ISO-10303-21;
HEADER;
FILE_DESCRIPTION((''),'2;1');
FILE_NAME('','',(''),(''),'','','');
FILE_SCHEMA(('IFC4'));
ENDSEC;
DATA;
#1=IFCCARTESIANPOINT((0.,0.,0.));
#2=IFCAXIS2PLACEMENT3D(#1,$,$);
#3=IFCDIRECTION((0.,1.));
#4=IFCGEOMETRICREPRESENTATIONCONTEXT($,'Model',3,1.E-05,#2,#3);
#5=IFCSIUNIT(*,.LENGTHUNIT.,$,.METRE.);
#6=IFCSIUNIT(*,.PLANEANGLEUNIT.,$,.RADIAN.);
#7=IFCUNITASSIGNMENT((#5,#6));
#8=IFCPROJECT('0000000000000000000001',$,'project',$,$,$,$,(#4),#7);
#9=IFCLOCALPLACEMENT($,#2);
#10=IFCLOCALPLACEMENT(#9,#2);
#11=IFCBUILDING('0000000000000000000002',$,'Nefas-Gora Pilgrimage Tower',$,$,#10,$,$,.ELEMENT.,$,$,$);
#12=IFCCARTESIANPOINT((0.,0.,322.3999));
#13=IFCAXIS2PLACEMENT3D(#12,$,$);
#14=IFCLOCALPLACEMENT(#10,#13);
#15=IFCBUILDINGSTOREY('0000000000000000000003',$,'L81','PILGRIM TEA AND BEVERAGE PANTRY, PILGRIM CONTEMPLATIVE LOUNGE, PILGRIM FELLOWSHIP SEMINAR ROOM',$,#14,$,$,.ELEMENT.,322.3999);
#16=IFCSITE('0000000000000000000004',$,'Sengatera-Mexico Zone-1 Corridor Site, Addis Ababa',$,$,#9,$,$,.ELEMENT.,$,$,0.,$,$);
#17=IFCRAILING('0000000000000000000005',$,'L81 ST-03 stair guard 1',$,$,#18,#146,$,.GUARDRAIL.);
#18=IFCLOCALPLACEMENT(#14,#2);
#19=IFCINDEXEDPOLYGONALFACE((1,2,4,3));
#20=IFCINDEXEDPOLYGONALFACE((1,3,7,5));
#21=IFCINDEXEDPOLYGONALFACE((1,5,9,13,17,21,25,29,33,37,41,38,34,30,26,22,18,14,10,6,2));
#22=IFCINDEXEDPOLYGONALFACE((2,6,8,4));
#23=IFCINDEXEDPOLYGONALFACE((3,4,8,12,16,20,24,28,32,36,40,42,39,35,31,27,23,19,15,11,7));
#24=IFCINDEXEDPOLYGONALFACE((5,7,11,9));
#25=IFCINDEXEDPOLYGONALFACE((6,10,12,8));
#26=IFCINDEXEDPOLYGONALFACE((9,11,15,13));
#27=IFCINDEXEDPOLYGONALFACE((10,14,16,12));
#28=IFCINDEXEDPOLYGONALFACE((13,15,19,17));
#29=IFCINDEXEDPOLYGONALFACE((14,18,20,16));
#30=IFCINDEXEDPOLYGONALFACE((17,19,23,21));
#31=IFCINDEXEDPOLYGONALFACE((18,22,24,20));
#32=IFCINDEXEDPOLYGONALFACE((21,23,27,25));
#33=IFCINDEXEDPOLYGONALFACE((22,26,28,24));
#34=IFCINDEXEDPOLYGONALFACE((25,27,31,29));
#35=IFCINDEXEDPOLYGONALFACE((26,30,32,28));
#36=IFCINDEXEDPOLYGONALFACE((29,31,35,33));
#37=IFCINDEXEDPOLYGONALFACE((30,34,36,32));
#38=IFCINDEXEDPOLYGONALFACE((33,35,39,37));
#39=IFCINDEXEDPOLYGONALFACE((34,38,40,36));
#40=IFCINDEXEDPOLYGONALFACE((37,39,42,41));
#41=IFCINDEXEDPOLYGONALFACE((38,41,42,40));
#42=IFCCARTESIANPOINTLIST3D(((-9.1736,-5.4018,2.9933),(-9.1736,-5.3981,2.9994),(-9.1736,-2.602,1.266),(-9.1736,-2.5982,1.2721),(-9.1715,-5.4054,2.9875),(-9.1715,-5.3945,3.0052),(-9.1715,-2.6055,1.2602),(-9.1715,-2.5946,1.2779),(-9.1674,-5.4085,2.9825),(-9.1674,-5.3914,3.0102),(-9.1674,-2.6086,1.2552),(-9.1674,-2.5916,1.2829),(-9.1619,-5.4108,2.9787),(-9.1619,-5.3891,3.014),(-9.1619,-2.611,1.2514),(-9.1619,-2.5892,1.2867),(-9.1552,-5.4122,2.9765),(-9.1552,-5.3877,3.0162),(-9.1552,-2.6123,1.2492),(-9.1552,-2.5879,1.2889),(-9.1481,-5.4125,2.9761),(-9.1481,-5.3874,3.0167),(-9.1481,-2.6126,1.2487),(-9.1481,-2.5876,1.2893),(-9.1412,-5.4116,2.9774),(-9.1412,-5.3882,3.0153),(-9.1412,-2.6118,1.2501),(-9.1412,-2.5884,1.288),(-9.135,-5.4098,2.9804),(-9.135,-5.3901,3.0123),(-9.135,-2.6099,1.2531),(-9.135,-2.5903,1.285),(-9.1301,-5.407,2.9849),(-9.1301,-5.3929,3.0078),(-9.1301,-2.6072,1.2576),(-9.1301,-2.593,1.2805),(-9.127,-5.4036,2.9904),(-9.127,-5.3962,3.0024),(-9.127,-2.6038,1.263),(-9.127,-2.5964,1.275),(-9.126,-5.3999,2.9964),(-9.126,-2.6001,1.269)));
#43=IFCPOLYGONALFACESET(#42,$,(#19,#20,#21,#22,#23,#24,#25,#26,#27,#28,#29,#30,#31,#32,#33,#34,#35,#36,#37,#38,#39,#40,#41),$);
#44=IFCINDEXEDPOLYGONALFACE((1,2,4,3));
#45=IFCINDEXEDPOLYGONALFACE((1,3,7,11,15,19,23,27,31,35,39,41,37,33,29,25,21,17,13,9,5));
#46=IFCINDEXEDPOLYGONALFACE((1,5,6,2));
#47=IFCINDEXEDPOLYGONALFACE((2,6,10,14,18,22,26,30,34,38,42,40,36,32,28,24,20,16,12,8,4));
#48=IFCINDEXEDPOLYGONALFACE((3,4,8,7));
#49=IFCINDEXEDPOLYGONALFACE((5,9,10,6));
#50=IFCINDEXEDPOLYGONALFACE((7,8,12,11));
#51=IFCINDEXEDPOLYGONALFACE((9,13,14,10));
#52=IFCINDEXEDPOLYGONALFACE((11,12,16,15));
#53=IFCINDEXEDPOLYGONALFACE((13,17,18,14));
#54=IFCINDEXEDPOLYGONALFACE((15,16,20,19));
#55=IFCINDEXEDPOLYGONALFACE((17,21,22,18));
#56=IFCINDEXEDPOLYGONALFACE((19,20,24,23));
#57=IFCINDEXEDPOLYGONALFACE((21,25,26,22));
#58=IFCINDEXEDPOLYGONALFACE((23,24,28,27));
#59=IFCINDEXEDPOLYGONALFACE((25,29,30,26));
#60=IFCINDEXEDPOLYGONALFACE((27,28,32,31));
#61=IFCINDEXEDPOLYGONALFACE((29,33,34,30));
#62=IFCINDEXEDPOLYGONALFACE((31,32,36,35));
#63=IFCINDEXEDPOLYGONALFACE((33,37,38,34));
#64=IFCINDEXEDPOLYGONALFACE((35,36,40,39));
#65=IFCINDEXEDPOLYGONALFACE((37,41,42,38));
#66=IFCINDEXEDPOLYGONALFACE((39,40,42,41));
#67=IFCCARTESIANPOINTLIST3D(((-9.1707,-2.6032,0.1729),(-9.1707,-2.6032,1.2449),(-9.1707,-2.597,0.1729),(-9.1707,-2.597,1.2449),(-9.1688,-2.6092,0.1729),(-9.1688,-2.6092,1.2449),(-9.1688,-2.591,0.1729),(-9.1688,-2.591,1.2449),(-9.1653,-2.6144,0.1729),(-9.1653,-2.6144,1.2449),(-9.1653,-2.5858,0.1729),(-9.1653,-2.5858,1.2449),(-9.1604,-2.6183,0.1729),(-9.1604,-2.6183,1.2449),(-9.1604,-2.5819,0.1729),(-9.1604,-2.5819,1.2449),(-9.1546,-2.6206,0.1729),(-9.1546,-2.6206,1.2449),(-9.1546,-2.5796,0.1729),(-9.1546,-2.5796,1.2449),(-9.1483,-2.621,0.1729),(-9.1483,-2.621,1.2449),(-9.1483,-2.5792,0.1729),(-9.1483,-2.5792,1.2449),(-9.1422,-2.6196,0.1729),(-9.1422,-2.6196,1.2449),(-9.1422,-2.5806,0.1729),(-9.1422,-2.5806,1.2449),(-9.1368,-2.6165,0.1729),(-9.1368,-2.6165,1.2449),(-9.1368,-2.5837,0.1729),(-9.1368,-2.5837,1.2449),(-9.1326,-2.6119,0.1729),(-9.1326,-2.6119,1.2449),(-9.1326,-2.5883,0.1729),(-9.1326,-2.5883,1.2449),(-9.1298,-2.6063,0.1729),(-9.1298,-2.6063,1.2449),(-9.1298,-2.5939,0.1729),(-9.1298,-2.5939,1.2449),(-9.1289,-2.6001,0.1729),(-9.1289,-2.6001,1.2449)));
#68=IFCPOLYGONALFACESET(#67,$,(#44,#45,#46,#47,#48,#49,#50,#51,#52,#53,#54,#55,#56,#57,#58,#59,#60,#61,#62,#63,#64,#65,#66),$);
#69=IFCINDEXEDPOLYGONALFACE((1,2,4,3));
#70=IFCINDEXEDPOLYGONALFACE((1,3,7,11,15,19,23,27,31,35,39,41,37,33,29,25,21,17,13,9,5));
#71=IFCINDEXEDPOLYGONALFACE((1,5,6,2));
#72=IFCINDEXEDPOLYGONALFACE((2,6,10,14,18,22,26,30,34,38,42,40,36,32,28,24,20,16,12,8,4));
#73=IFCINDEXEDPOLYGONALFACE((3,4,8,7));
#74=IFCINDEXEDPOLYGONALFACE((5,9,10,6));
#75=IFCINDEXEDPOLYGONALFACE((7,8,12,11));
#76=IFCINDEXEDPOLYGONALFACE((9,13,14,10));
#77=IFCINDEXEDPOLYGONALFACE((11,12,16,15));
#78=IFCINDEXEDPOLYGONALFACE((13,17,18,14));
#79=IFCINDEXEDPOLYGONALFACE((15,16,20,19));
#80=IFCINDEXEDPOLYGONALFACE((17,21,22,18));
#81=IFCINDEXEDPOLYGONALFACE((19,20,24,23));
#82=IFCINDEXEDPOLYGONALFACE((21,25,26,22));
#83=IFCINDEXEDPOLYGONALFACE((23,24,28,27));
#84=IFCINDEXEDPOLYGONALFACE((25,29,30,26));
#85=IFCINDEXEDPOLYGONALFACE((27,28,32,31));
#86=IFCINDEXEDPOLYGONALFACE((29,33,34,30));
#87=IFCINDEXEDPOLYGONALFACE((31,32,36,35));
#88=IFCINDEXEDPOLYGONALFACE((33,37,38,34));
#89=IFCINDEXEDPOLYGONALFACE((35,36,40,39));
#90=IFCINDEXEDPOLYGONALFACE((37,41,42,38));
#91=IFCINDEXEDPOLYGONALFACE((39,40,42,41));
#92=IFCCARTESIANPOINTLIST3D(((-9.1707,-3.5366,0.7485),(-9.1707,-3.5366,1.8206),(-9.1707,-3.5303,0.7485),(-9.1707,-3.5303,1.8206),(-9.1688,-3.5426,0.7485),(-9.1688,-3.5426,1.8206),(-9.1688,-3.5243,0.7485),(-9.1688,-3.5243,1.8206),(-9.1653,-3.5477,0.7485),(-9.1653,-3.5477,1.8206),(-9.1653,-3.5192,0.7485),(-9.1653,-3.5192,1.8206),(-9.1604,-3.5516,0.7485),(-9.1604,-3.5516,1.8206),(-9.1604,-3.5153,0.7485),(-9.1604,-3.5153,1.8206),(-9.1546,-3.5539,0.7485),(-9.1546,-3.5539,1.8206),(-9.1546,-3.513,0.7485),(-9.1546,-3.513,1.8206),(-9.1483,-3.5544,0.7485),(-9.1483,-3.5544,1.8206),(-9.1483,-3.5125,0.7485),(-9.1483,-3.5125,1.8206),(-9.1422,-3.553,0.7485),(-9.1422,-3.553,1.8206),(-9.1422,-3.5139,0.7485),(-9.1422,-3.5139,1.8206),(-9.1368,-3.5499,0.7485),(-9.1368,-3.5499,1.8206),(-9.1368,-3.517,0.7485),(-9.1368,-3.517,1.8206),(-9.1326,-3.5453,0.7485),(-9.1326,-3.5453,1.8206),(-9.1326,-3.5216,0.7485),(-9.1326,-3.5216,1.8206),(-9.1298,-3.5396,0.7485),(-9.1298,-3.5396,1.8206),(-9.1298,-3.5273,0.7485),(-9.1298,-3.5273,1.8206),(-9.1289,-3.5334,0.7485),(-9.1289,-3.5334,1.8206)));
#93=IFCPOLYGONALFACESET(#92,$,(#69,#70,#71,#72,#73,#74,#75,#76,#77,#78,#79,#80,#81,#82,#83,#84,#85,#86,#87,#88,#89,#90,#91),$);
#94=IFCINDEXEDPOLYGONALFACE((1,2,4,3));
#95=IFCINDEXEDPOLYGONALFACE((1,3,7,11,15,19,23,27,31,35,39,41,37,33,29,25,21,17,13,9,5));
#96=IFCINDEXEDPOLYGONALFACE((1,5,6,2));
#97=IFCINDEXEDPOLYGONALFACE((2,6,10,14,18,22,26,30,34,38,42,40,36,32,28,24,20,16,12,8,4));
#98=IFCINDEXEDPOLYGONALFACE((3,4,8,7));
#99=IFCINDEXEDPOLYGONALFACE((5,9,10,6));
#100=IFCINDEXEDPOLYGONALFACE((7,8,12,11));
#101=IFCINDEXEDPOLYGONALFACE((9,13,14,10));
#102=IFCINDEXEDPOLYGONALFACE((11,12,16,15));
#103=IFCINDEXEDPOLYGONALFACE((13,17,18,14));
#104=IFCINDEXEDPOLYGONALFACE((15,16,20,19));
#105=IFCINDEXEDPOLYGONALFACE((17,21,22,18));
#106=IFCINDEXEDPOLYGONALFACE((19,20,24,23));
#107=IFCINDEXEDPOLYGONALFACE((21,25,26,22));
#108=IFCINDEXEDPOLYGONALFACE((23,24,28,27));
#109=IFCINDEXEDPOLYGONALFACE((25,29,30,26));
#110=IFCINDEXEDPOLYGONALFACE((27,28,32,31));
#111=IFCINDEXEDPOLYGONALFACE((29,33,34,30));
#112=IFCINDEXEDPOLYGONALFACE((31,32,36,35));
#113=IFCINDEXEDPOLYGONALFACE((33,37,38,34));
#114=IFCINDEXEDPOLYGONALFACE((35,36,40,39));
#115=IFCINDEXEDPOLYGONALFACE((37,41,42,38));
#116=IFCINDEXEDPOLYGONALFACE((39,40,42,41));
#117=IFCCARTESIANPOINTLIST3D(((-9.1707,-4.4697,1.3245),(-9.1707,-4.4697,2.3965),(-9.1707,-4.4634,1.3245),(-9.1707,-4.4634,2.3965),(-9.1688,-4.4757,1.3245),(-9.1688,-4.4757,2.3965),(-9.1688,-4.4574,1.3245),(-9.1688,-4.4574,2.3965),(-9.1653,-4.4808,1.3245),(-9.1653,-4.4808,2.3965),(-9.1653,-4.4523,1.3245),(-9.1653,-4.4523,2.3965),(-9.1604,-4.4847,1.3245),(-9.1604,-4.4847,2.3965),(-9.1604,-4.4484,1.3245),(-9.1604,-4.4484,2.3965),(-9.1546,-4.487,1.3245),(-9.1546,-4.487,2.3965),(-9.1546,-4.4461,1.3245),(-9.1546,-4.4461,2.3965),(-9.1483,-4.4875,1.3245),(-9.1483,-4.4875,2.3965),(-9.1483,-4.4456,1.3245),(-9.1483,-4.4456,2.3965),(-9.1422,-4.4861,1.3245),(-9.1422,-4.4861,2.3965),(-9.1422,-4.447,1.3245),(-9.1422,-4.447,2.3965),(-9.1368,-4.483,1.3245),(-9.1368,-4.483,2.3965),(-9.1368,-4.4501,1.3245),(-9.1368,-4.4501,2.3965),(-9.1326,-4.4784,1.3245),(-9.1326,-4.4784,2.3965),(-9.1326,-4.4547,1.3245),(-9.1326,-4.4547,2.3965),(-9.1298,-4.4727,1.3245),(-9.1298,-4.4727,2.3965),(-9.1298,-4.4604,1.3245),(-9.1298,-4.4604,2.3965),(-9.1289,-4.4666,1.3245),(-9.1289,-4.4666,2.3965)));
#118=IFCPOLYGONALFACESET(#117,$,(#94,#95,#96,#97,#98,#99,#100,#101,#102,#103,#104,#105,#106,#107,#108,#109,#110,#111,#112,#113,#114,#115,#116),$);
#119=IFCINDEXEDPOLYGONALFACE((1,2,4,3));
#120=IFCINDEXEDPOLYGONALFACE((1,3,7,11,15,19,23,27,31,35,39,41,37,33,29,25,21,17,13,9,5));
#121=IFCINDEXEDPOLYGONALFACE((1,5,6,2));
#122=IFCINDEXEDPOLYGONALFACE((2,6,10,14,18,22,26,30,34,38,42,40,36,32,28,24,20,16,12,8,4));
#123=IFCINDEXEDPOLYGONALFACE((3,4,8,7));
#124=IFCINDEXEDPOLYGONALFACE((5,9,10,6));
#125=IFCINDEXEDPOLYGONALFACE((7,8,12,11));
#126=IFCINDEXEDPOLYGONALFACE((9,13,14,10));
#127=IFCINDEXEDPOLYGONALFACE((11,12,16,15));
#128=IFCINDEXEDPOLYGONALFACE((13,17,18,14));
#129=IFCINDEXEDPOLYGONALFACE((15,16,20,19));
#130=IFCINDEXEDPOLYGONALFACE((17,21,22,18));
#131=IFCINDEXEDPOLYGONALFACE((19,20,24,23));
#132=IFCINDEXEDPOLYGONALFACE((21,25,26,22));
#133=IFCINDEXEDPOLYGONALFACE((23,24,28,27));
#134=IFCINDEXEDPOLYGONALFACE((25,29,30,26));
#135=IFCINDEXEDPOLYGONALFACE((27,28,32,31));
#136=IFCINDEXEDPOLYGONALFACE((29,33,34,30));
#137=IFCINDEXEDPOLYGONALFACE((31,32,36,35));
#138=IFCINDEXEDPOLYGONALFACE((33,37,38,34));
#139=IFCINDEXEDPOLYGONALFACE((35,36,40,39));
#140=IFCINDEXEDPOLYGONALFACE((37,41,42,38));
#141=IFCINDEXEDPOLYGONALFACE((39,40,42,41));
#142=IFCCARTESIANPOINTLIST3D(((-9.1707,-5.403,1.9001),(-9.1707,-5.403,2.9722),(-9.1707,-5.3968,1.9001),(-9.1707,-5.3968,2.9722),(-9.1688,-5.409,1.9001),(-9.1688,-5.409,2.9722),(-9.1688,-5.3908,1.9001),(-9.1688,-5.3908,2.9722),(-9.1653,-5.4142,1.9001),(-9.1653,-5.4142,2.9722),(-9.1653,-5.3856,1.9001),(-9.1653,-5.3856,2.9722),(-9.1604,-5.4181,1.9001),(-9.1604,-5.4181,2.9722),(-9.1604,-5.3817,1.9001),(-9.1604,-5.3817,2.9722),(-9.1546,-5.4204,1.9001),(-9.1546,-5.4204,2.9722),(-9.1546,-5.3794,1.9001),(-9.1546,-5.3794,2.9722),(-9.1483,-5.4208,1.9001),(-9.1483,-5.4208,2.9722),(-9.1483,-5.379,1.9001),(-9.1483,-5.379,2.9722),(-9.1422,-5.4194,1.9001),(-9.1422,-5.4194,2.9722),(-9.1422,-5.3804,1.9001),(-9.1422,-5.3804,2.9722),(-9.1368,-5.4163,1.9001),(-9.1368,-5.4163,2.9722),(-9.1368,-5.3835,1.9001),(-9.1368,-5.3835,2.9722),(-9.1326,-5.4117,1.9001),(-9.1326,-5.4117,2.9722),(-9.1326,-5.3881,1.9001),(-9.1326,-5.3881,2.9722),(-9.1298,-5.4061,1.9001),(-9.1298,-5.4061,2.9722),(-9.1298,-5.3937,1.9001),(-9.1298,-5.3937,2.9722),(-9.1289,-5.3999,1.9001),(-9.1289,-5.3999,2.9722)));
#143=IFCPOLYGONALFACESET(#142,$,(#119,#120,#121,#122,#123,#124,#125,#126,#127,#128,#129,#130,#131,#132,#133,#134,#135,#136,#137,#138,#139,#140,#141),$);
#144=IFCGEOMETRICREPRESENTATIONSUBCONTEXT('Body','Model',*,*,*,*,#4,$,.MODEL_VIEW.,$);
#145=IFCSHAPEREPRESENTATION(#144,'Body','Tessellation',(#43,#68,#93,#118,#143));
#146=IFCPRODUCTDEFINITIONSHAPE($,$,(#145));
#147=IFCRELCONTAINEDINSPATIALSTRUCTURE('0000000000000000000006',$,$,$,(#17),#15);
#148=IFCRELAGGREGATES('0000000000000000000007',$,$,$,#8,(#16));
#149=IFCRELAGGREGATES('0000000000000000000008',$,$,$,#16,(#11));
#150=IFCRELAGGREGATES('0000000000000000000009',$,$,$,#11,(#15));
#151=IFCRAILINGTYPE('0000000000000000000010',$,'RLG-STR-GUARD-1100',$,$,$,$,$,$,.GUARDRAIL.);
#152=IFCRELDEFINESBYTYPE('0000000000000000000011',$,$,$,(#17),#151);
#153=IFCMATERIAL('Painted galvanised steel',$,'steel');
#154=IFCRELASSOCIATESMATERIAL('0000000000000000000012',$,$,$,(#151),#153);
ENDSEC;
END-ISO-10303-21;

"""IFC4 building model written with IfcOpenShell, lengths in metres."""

from ifc_helpers import new_model, si_unit, direction, frame, origin, origin_2d, place, context, subcontext, project, spatial, circle, extrude, material, type_object, element, save


model = new_model("IFC4")

# Units and contexts
model_context = context("Model", 3, precision=1e-05, world=origin(), true_north=direction((0.0, 1.0)))
body_context = subcontext(model_context, "Body", "Model", "MODEL_VIEW")
ifc_project = project(units=[si_unit("LENGTHUNIT", "METRE"), si_unit("PLANEANGLEUNIT", "RADIAN")], contexts=[model_context])

# Site, building, storey
site_placement = place(None, origin())
site = spatial("IfcSite", under=ifc_project, at=site_placement, Name="Sengatera-Mexico Zone-1 Corridor Site, Addis Ababa", CompositionType="ELEMENT", RefElevation=0.0)
building_placement = place(site_placement, origin())
building = spatial("IfcBuilding", under=site, at=building_placement, Name="Nefas-Gora Pilgrimage Tower", CompositionType="ELEMENT")
storey_placement = place(building_placement, frame((0.0, 0.0, 322.3999)))
storey = spatial("IfcBuildingStorey", under=building, at=storey_placement, Name="L81", Description="PILGRIM TEA AND BEVERAGE PANTRY, PILGRIM CONTEMPLATIVE LOUNGE, PILGRIM FELLOWSHIP SEMINAR ROOM", CompositionType="ELEMENT", Elevation=322.3999)

# Railing
ifc_material_1 = material(Name="Painted galvanised steel", Category="steel")
railing_type_1 = type_object("IfcRailingType", Name="RLG-STR-GUARD-1100", PredefinedType="GUARDRAIL", material=ifc_material_1)
railing_1_placement = place(storey_placement, frame((-9.1499, -2.6001, 0.1729)))
element("IfcRailing", 1, at=railing_1_placement, inside=storey, type_object=railing_type_1, Name="L81 ST-03 stair guard 1", PredefinedType="GUARDRAIL", context=body_context, shape_type="SweptSolid", body=[
    extrude(circle(Radius=0.0239, at=origin_2d()), frame((0.0, 0.0, 1.0962), z_axis=(0.0, -0.851069, 0.525054), x_axis=(1.0, 0.0, 0.0)), (0.0, 0.0, 1.0), 3.2898),
    extrude(circle(Radius=0.021, at=origin_2d()), origin(), (0.0, 0.0, 1.0), 1.072),
    extrude(circle(Radius=0.021, at=origin_2d()), frame((0.0, -0.9333, 0.5757)), (0.0, 0.0, 1.0), 1.072),
    extrude(circle(Radius=0.021, at=origin_2d()), frame((0.0, -1.8665, 1.1516)), (0.0, 0.0, 1.0), 1.072),
    extrude(circle(Radius=0.021, at=origin_2d()), frame((0.0, -2.7998, 1.7273)), (0.0, 0.0, 1.0), 1.072),
])

save(model, "model.ifc")
